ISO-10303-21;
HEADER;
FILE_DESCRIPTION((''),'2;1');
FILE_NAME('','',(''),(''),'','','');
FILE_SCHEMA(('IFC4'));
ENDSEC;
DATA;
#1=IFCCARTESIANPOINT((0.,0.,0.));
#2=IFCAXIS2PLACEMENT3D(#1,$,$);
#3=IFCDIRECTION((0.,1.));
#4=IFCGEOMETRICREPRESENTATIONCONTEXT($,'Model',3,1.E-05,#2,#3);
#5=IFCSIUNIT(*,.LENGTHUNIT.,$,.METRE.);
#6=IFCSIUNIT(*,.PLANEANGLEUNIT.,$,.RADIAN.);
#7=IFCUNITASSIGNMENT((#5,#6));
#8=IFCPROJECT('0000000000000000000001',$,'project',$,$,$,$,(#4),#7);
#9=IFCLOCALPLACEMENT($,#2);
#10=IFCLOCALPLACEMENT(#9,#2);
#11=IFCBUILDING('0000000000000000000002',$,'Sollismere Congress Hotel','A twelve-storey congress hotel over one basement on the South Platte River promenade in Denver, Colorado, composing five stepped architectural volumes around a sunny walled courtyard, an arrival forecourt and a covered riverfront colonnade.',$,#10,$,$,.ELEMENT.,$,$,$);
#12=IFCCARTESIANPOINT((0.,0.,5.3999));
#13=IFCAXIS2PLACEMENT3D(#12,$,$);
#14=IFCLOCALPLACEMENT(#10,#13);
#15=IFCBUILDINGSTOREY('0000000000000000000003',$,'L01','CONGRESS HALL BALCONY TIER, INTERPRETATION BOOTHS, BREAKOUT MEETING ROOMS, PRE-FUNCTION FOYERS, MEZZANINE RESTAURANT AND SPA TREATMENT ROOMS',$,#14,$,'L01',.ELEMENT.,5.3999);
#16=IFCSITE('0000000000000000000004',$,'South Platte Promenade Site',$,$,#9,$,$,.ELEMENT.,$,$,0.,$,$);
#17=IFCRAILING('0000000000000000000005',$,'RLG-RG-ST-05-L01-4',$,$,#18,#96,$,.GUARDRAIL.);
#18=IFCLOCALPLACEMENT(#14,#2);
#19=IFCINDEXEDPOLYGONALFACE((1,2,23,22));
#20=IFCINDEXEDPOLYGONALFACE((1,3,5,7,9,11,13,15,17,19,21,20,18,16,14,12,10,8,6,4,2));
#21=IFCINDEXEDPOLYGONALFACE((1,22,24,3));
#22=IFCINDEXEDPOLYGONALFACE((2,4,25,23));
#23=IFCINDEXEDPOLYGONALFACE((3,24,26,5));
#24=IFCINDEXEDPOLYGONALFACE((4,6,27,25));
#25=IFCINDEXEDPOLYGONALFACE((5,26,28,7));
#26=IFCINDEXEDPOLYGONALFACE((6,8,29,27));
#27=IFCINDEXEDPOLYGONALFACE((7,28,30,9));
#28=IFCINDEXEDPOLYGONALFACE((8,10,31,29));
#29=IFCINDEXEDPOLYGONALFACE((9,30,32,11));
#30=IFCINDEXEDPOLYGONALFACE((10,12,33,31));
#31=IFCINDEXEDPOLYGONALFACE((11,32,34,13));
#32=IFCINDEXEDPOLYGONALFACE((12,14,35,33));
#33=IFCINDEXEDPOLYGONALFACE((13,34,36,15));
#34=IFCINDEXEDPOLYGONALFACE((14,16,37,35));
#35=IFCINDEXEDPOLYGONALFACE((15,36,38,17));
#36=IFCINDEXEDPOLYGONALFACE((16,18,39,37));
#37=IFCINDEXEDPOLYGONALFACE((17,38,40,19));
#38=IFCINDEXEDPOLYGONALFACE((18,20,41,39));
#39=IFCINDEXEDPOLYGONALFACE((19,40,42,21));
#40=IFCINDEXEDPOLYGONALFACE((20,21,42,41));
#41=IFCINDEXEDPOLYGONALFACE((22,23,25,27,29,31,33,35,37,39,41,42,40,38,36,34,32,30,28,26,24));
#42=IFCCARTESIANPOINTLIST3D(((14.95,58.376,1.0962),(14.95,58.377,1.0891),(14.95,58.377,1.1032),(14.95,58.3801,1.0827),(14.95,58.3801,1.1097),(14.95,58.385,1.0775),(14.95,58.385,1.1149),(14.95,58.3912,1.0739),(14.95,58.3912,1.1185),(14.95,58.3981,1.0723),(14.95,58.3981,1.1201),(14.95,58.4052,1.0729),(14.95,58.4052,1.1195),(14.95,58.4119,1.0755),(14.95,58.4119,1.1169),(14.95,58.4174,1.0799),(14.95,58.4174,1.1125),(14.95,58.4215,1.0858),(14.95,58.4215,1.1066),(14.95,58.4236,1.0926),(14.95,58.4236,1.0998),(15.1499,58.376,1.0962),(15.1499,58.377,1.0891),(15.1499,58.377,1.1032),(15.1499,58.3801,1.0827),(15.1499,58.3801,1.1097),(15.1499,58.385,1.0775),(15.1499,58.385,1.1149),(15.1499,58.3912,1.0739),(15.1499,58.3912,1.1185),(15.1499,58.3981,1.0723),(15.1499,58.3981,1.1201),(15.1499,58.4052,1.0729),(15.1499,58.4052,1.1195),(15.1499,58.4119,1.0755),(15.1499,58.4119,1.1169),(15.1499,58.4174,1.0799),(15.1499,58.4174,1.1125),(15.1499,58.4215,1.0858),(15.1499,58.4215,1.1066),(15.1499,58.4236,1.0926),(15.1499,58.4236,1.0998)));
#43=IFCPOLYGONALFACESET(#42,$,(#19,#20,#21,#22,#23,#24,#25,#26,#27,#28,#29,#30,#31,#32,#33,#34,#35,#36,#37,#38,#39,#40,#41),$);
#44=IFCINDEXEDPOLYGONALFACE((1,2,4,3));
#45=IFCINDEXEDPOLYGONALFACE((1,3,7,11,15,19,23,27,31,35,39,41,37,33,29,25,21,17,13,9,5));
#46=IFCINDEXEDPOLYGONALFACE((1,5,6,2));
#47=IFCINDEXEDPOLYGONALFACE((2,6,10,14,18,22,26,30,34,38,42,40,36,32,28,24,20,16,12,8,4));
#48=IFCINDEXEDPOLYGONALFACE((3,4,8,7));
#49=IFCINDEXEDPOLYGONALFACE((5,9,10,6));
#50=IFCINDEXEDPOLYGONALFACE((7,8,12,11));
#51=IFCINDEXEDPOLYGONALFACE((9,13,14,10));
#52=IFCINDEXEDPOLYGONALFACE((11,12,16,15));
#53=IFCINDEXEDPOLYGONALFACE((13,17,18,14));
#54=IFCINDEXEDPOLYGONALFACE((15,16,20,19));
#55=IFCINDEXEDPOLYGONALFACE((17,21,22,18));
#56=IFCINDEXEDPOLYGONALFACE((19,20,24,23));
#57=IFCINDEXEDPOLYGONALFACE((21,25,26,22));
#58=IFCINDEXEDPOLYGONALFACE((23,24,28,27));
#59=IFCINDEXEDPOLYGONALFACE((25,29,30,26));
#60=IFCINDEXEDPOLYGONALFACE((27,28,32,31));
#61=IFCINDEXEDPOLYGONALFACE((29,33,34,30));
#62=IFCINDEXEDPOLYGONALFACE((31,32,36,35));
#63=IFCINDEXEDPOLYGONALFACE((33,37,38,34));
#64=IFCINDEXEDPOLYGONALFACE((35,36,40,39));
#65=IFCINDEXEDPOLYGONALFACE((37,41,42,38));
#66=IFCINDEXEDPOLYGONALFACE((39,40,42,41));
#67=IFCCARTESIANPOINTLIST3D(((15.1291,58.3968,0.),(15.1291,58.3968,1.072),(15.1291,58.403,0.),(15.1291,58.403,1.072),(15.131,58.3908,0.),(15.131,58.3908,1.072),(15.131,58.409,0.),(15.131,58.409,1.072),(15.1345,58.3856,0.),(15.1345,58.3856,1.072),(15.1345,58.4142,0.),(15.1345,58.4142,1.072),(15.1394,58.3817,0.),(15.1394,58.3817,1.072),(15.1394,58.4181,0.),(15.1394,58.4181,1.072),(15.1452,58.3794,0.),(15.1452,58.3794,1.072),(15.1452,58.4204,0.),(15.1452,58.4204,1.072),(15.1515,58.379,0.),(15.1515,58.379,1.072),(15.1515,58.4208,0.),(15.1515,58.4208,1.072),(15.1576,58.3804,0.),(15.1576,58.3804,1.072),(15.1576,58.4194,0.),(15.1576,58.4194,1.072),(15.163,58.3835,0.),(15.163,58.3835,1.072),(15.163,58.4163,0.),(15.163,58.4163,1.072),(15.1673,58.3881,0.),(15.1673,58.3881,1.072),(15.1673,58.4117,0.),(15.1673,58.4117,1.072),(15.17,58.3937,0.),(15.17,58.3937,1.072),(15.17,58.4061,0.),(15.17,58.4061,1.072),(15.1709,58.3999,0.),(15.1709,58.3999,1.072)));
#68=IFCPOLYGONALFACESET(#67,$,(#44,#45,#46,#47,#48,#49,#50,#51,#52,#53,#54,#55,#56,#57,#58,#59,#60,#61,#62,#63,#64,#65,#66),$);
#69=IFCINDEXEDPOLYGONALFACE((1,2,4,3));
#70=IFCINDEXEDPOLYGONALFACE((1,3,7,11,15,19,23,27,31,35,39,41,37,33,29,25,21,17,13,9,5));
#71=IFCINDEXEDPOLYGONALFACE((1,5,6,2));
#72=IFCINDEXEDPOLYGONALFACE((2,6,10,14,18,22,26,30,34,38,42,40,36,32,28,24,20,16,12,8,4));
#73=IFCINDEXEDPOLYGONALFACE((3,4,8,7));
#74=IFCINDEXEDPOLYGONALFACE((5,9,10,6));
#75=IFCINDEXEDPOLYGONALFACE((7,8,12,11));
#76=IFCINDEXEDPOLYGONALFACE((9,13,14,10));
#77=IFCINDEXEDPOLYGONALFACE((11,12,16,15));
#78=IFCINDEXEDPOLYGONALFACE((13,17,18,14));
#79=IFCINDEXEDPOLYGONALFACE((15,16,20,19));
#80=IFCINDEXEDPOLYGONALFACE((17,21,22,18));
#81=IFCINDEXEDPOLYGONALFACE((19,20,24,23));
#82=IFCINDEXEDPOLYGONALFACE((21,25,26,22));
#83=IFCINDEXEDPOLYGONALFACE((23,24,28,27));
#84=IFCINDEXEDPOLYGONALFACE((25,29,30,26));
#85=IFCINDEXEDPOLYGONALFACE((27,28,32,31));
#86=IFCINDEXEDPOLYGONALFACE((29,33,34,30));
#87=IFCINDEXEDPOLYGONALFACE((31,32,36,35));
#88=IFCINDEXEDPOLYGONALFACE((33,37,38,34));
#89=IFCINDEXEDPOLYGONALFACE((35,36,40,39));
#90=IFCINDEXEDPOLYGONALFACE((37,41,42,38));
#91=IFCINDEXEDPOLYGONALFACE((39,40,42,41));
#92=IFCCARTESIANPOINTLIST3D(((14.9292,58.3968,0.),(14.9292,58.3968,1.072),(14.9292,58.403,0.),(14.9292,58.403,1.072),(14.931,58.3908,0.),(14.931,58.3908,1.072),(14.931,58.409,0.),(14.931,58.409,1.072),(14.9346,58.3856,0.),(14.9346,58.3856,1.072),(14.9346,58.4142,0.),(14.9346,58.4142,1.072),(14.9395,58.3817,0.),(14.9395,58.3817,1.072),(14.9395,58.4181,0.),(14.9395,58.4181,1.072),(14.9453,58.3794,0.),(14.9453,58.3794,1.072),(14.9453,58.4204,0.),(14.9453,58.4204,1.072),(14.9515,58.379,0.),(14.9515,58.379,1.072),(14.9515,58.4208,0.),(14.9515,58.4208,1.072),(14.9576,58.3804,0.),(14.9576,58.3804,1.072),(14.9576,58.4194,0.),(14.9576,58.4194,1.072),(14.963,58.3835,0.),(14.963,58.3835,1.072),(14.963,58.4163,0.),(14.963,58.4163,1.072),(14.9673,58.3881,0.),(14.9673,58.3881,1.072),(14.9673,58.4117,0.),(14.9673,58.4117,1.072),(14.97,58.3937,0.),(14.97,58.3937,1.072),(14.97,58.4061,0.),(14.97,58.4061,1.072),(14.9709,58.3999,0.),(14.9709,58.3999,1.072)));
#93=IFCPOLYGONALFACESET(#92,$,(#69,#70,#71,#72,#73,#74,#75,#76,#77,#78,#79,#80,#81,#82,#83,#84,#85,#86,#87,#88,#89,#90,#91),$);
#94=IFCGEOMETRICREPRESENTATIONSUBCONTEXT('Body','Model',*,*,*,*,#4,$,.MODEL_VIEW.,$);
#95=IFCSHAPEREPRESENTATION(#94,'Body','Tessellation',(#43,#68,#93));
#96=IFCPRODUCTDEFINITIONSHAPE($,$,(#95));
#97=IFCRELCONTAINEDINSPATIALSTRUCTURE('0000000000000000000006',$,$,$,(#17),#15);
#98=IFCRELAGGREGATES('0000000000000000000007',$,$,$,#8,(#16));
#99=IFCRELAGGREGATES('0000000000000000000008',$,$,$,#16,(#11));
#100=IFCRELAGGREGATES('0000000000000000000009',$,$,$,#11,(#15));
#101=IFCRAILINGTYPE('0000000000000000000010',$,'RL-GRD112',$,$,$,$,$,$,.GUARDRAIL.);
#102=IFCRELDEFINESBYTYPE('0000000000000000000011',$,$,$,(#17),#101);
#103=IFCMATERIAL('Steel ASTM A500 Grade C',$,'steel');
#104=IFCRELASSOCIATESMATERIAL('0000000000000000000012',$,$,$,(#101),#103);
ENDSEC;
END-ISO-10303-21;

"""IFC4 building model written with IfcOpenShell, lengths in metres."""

from ifc_helpers import new_model, si_unit, direction, frame, origin, origin_2d, place, context, subcontext, project, spatial, circle, extrude, material, type_object, element, save


model = new_model("IFC4")

# Units and contexts
model_context = context("Model", 3, precision=1e-05, world=origin(), true_north=direction((0.0, 1.0)))
body_context = subcontext(model_context, "Body", "Model", "MODEL_VIEW")
ifc_project = project(units=[si_unit("LENGTHUNIT", "METRE"), si_unit("PLANEANGLEUNIT", "RADIAN")], contexts=[model_context])

# Site, building, storey
site_placement = place(None, origin())
site = spatial("IfcSite", under=ifc_project, at=site_placement, Name="South Platte Promenade Site", CompositionType="ELEMENT", RefElevation=0.0)
building_placement = place(site_placement, origin())
building = spatial("IfcBuilding", under=site, at=building_placement, Name="Sollismere Congress Hotel", Description="A twelve-storey congress hotel over one basement on the South Platte River promenade in Denver, Colorado, composing five stepped architectural volumes around a sunny walled courtyard, an arrival forecourt and a covered riverfront colonnade.", CompositionType="ELEMENT")
storey_placement = place(building_placement, frame((0.0, 0.0, 5.3999)))
storey = spatial("IfcBuildingStorey", under=building, at=storey_placement, Name="L01", Description="CONGRESS HALL BALCONY TIER, INTERPRETATION BOOTHS, BREAKOUT MEETING ROOMS, PRE-FUNCTION FOYERS, MEZZANINE RESTAURANT AND SPA TREATMENT ROOMS", LongName="L01", CompositionType="ELEMENT", Elevation=5.3999)

# Railing
ifc_material_1 = material(Name="Steel ASTM A500 Grade C", Category="steel")
railing_type_1 = type_object("IfcRailingType", Name="RL-GRD112", PredefinedType="GUARDRAIL", material=ifc_material_1)
railing_1_placement = place(storey_placement, frame((15.1499, 58.3999, 0.0)))
element("IfcRailing", 1, at=railing_1_placement, inside=storey, type_object=railing_type_1, Name="RLG-RG-ST-05-L01-4", PredefinedType="GUARDRAIL", context=body_context, shape_type="SweptSolid", body=[
    extrude(circle(Radius=0.0239, at=origin_2d()), frame((0.0, 0.0, 1.0962), z_axis=(-1.0, 0.0, 0.0), x_axis=(0.0, -1.0, 0.0)), (0.0, 0.0, 1.0), 0.2),
    extrude(circle(Radius=0.021, at=origin_2d()), origin(), (0.0, 0.0, 1.0), 1.072),
    extrude(circle(Radius=0.021, at=origin_2d()), frame((-0.2, 0.0, 0.0)), (0.0, 0.0, 1.0), 1.072),
])

save(model, "model.ifc")
